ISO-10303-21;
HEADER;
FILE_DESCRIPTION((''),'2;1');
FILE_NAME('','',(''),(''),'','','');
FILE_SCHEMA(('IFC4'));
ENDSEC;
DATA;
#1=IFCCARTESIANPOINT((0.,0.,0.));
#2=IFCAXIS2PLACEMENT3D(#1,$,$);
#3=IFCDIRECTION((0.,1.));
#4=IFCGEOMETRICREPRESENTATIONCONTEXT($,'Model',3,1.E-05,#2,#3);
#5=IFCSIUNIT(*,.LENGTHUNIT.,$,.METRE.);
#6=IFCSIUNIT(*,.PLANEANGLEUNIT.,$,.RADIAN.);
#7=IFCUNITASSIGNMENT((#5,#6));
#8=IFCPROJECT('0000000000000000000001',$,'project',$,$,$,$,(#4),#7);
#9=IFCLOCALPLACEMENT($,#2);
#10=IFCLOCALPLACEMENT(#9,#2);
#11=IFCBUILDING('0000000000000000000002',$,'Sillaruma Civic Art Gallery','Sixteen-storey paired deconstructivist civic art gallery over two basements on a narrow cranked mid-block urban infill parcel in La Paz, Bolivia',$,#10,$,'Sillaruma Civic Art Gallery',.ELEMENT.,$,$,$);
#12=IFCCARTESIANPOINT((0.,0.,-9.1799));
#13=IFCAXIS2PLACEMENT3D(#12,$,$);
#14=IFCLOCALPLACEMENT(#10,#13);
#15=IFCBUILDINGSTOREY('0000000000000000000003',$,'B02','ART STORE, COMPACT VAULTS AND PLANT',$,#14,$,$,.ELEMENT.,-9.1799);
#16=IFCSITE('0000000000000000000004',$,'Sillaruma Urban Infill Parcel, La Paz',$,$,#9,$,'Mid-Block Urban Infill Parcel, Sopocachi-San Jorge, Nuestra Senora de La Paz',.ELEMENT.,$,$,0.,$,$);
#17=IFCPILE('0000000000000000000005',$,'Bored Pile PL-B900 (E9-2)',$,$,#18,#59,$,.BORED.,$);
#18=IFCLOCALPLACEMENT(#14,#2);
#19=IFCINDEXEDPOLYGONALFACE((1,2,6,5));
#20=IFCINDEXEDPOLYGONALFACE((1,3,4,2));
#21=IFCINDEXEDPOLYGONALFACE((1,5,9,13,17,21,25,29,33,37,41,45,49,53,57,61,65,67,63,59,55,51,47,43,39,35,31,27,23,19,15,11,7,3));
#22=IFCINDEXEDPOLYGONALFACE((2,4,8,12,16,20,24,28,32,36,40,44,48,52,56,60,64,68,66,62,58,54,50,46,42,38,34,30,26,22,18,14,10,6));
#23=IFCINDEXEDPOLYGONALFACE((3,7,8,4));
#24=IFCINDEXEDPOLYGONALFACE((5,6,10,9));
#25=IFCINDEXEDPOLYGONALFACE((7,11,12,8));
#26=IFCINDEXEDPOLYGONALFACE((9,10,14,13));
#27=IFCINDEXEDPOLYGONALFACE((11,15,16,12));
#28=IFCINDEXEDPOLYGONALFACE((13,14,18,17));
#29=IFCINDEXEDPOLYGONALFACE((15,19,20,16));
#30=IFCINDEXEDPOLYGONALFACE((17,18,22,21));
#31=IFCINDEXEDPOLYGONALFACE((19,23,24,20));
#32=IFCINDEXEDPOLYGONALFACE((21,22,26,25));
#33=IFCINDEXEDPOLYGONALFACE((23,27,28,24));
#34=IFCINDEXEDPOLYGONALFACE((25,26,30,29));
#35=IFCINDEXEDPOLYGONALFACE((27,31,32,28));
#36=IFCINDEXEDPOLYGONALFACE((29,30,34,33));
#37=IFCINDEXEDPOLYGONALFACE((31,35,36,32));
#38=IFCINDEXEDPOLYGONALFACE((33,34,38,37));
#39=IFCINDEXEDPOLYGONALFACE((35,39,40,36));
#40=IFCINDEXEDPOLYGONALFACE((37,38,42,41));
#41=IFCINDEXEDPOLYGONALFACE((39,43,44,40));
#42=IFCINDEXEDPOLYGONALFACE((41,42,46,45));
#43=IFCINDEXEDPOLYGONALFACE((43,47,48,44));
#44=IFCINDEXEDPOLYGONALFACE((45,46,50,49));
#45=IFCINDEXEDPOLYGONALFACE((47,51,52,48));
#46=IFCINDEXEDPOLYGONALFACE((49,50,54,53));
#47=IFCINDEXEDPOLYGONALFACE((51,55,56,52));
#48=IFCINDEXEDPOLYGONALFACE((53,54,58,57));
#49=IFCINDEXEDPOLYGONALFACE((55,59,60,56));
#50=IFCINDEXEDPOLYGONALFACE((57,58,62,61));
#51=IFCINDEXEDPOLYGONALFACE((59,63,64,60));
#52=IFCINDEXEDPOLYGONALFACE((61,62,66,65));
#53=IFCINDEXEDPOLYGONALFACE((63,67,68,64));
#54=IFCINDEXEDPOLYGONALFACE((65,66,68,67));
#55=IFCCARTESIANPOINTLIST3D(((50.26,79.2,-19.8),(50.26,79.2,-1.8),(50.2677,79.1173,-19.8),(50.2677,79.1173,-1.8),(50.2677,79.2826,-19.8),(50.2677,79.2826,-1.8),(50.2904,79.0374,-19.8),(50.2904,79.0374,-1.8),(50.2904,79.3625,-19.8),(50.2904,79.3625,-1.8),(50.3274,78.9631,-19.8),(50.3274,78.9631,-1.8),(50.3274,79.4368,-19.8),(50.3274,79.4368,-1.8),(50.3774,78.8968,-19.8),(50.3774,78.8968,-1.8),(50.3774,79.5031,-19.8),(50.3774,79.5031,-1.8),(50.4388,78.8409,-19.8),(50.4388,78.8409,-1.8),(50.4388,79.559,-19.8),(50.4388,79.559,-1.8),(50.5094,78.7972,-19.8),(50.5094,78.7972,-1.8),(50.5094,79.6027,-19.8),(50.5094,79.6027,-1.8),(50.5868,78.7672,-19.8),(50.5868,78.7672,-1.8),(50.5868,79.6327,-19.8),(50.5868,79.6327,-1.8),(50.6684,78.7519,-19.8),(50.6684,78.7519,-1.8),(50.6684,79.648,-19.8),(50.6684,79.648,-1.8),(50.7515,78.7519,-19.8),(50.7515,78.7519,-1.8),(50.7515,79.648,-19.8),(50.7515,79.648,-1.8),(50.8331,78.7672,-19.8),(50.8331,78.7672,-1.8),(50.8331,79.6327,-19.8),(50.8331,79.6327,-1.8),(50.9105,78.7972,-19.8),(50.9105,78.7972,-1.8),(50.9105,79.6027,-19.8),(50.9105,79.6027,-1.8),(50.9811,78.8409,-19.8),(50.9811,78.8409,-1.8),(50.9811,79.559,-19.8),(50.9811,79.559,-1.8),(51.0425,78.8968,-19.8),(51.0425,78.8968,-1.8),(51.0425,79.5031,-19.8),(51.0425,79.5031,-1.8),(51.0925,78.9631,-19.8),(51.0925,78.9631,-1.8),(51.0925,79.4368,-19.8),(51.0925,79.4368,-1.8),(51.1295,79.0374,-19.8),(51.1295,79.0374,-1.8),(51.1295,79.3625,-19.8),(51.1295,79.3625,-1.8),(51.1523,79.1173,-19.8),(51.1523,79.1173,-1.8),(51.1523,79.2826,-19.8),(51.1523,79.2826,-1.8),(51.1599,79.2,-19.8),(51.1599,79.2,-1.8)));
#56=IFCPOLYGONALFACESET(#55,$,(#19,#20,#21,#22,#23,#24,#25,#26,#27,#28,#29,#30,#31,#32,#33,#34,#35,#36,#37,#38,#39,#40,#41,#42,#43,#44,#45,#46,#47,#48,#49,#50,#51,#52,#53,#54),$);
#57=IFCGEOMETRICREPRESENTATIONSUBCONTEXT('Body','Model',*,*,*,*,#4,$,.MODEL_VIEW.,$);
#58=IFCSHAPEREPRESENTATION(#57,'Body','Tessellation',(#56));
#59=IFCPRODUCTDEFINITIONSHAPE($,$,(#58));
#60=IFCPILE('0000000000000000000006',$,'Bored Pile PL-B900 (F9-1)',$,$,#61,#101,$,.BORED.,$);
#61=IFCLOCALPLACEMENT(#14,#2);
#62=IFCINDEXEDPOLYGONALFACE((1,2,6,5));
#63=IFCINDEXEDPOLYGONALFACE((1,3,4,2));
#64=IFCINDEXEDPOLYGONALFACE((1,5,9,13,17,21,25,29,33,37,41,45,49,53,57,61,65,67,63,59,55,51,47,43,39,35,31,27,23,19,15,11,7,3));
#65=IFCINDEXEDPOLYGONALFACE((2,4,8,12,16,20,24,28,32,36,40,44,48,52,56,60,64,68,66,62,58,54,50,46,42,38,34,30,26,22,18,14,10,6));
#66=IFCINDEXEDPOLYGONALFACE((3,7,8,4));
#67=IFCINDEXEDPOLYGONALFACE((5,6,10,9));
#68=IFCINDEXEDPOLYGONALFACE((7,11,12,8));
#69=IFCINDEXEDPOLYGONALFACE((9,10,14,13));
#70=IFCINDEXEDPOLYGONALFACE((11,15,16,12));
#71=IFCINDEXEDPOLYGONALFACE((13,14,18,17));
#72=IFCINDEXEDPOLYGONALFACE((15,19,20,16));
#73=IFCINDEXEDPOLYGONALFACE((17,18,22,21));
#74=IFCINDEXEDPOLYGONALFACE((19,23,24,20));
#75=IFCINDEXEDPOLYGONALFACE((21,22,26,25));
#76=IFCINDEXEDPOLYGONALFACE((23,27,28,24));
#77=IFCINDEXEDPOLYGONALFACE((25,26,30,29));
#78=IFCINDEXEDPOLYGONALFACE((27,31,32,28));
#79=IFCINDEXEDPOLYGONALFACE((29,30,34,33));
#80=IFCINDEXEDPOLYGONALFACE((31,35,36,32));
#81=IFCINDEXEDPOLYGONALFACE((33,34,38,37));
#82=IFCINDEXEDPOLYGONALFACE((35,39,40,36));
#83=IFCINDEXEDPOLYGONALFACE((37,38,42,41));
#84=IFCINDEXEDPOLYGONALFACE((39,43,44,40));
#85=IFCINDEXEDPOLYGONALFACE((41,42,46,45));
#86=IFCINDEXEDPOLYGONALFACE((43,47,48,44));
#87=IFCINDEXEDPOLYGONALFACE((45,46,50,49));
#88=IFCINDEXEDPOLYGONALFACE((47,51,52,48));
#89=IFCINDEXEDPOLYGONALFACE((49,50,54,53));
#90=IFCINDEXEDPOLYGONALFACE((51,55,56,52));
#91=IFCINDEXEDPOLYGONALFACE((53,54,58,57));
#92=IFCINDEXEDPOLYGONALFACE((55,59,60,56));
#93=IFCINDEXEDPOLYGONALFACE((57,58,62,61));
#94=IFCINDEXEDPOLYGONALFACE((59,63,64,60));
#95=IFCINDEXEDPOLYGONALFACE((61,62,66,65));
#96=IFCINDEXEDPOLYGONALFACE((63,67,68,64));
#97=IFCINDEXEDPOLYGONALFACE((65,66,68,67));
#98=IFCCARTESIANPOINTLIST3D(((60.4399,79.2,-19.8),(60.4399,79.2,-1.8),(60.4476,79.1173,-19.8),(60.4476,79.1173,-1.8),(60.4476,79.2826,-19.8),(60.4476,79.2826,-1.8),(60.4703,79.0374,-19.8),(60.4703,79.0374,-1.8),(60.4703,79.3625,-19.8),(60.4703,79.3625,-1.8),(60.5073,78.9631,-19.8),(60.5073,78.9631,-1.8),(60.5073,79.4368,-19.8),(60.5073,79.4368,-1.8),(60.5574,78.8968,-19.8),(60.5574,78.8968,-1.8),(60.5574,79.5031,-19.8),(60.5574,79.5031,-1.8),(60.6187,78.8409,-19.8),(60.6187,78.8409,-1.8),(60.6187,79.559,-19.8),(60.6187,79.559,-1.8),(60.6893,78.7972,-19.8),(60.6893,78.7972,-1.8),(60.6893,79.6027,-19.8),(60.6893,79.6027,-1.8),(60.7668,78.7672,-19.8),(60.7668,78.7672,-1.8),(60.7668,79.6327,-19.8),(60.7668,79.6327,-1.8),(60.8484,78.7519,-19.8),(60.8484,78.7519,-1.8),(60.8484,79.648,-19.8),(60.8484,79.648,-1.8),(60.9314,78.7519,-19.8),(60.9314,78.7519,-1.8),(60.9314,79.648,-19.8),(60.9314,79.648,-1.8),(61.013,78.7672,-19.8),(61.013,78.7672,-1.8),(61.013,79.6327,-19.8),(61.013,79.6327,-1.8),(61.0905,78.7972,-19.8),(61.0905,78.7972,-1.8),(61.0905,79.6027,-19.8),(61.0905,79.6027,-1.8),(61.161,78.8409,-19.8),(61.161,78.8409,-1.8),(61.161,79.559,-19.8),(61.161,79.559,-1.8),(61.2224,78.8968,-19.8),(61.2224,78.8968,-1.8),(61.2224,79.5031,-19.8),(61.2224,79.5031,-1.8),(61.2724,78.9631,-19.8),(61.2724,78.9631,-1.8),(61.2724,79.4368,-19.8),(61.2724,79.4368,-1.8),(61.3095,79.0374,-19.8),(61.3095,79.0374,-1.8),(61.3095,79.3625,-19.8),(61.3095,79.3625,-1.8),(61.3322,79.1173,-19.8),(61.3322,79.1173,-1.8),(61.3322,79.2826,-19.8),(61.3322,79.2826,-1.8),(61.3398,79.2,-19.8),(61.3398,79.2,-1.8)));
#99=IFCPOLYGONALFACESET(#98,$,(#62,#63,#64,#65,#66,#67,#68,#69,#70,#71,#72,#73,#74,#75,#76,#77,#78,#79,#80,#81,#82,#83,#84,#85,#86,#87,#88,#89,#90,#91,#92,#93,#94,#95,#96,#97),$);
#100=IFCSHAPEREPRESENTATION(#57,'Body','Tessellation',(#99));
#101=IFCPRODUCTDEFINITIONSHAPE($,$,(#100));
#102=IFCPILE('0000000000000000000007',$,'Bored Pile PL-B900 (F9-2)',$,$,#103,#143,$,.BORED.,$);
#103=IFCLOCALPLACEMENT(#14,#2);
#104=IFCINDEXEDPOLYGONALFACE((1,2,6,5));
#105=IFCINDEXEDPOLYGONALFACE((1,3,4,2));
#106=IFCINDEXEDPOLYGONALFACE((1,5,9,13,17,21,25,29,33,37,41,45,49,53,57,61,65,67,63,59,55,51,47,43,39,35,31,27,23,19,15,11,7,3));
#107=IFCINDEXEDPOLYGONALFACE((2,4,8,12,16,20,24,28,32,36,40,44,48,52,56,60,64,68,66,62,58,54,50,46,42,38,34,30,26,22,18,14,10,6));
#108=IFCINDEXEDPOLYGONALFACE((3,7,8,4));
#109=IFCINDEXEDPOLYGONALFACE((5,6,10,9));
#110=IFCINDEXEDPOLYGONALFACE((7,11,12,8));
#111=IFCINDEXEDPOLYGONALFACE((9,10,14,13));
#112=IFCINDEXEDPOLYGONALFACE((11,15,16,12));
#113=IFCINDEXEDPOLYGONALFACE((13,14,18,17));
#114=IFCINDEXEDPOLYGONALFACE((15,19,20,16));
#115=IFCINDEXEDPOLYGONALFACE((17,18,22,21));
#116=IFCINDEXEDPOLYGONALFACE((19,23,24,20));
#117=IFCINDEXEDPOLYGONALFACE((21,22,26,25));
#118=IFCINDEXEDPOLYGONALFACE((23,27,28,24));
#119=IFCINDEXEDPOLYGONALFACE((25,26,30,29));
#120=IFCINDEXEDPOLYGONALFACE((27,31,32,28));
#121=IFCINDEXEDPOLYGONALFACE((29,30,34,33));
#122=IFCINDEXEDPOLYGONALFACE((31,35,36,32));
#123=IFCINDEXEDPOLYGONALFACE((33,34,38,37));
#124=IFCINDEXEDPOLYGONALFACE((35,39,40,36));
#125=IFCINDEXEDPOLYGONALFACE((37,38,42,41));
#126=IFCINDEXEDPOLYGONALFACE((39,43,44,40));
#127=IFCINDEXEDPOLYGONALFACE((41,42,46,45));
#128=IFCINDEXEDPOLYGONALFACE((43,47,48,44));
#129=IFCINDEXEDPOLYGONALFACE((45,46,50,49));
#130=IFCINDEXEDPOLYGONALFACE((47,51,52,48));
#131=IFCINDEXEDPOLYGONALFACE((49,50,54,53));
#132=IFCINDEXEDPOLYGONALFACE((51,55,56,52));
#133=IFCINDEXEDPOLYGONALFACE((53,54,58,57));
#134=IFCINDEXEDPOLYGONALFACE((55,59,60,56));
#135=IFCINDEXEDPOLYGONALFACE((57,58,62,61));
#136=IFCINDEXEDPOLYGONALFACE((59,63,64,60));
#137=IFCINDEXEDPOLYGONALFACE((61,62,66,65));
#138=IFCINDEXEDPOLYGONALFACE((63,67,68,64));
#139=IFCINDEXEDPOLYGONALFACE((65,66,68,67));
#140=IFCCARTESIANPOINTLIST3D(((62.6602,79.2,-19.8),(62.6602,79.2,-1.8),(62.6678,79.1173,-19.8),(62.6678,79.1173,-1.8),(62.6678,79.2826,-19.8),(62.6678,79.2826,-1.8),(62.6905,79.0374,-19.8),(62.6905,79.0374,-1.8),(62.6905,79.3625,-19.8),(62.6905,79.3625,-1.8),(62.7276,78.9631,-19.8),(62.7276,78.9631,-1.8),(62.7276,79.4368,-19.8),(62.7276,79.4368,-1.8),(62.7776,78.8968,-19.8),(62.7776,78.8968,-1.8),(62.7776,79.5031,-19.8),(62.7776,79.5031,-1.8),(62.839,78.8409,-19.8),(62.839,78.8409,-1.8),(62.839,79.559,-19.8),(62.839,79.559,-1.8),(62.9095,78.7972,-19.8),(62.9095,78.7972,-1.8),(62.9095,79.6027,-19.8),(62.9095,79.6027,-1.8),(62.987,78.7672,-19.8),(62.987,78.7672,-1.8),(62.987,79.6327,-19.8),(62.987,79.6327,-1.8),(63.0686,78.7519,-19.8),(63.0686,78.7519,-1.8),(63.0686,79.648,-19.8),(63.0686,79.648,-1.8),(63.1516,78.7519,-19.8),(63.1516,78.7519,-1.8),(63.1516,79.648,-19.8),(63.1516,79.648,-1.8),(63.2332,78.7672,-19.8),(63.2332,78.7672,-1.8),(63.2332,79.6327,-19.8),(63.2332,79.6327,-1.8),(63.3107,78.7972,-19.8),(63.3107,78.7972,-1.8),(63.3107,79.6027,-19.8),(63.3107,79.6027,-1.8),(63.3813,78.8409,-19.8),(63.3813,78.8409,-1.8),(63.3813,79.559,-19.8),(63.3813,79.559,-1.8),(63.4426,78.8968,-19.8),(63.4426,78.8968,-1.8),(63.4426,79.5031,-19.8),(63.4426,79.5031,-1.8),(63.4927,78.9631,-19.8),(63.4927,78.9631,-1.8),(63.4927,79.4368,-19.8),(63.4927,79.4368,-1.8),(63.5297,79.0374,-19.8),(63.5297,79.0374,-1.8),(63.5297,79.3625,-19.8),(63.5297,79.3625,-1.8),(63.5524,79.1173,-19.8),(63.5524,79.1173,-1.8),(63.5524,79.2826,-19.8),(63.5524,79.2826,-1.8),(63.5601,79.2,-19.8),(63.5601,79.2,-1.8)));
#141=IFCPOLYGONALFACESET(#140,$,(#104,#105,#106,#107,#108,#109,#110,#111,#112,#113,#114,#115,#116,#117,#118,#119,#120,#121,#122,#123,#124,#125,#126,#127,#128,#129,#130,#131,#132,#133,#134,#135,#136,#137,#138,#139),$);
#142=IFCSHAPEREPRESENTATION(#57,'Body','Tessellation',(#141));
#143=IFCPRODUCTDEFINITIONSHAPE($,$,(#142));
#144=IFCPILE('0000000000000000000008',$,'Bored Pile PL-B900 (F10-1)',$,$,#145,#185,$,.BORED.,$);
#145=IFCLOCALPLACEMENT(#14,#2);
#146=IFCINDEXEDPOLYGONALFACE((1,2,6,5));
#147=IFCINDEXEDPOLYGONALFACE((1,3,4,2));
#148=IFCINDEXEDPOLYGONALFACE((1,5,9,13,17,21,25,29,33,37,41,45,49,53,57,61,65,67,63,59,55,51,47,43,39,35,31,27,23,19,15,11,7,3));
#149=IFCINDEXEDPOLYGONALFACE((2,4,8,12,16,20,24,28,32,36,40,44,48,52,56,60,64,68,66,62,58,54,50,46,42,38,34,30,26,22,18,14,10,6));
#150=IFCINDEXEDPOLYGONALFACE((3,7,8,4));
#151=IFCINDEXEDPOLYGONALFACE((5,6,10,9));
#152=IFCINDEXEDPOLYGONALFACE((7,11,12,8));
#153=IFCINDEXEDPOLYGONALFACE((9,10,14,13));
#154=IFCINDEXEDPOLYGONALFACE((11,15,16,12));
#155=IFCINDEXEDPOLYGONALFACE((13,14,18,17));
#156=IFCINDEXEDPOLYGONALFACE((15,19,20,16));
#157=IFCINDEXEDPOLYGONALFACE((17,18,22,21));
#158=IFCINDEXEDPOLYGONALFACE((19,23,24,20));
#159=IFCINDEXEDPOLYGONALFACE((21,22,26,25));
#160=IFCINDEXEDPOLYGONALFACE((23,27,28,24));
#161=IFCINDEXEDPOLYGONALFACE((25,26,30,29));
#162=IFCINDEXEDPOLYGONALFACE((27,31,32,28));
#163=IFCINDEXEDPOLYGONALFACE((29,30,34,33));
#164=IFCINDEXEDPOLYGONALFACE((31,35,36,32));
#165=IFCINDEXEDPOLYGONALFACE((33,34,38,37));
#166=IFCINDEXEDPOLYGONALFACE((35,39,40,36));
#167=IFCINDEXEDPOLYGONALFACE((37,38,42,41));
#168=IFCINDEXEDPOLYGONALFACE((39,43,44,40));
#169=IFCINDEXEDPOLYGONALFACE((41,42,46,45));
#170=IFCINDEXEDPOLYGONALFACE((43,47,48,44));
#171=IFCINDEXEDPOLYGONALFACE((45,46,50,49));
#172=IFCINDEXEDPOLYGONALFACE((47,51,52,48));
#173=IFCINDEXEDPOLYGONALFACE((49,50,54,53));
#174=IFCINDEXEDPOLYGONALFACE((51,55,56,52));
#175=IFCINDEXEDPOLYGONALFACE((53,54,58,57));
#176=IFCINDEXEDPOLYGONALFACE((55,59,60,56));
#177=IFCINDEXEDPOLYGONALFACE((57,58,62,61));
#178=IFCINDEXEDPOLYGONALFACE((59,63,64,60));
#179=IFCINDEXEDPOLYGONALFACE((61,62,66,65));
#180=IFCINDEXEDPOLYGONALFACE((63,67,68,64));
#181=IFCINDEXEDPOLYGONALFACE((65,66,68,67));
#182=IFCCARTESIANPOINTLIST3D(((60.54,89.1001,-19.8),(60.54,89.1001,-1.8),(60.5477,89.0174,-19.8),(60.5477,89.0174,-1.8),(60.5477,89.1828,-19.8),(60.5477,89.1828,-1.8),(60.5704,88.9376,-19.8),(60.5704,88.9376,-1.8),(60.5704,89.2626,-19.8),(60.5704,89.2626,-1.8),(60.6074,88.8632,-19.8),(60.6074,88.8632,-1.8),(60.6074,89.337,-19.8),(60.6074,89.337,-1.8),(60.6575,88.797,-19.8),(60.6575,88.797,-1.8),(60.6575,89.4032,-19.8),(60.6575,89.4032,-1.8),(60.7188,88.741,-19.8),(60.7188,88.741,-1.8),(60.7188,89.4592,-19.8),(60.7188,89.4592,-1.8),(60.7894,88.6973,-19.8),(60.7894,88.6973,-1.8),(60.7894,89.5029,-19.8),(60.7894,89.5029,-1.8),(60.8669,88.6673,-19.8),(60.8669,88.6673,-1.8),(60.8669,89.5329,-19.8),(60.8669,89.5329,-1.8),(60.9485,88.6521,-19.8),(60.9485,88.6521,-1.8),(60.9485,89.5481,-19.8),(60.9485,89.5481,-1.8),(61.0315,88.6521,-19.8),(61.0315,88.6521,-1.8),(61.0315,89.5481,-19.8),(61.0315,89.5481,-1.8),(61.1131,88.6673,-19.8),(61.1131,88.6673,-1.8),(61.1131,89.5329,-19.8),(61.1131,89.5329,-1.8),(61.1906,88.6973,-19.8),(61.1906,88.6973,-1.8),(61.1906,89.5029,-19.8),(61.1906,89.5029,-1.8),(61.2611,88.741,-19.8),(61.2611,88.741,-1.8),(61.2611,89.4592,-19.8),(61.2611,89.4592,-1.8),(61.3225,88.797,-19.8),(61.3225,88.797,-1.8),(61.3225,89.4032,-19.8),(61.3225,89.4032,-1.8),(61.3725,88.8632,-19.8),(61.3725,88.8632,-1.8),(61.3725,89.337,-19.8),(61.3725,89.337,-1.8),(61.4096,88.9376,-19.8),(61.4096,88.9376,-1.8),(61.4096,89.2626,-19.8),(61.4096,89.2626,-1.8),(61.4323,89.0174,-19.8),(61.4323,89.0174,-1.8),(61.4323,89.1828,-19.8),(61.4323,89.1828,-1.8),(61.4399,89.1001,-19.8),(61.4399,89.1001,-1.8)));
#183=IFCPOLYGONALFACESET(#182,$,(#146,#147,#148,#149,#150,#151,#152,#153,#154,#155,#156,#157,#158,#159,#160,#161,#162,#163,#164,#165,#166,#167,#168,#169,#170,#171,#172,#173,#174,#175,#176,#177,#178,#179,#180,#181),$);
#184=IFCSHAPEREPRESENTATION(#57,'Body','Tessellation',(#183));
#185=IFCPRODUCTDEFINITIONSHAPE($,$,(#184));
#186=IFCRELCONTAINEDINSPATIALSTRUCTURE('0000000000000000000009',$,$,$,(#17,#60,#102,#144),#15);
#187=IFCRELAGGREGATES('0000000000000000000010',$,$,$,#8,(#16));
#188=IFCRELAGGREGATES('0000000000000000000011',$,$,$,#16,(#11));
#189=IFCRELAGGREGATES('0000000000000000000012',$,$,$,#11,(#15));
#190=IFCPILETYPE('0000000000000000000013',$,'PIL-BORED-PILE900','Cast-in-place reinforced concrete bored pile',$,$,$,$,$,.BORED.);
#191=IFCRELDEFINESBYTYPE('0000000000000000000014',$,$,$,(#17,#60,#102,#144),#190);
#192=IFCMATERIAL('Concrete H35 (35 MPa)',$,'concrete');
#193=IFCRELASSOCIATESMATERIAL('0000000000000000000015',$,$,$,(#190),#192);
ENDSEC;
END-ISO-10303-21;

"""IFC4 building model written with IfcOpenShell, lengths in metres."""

from ifc_helpers import new_model, si_unit, direction, frame, origin, origin_2d, place, context, subcontext, project, spatial, circle, extrude, material, material_profile, profile_set, type_object, element, save


model = new_model("IFC4")

# Units and contexts
model_context = context("Model", 3, precision=1e-05, world=origin(), true_north=direction((0.0, 1.0)))
body_context = subcontext(model_context, "Body", "Model", "MODEL_VIEW")
ifc_project = project(units=[si_unit("LENGTHUNIT", "METRE"), si_unit("PLANEANGLEUNIT", "RADIAN")], contexts=[model_context])

# Site, building, storey
site_placement = place(None, origin())
site = spatial("IfcSite", under=ifc_project, at=site_placement, Name="Sillaruma Urban Infill Parcel, La Paz", LongName="Mid-Block Urban Infill Parcel, Sopocachi-San Jorge, Nuestra Senora de La Paz", CompositionType="ELEMENT", RefElevation=0.0)
building_placement = place(site_placement, origin())
building = spatial("IfcBuilding", under=site, at=building_placement, Name="Sillaruma Civic Art Gallery", Description="Sixteen-storey paired deconstructivist civic art gallery over two basements on a narrow cranked mid-block urban infill parcel in La Paz, Bolivia", LongName="Sillaruma Civic Art Gallery", CompositionType="ELEMENT")
storey_placement = place(building_placement, frame((0.0, 0.0, -9.1799)))
storey = spatial("IfcBuildingStorey", under=building, at=storey_placement, Name="B02", Description="ART STORE, COMPACT VAULTS AND PLANT", CompositionType="ELEMENT", Elevation=-9.1799)

# Shared definitions
ifc_material_1 = material(Name="Concrete H35 (35 MPa)", Category="concrete")

# Piles
ifc_material_profile_1 = material_profile(ifc_material_1, circle(Radius=0.45, at=origin_2d()), Name="PILE900")
ifc_profile_set_1 = profile_set([ifc_material_profile_1], Name="Concrete H35 (35 MPa)")
pile_type_1 = type_object("IfcPileType", Name="PIL-BORED-PILE900", Description="Cast-in-place reinforced concrete bored pile", PredefinedType="BORED", material=ifc_profile_set_1)
for number, where, z_axis, x_axis, name in (
    (1, (50.71, 79.2, -1.8), (0.0, 0.0, -1.0), (1.0, 0.0, 0.0), "Bored Pile PL-B900 (E9-2)"),
    (2, (60.8899, 79.2, -1.8), (0.0, 0.0, -1.0), (1.0, 0.0, 0.0), "Bored Pile PL-B900 (F9-1)"),
    (3, (63.1101, 79.2, -1.8), (0.0, 0.0, -1.0), (1.0, 0.0, 0.0), "Bored Pile PL-B900 (F9-2)"),
    (4, (60.99, 89.1001, -1.8), (0.0, 0.0, -1.0), (1.0, 0.0, 0.0), "Bored Pile PL-B900 (F10-1)"),
):
    element("IfcPile", number, at=place(storey_placement, frame(where, z_axis=z_axis, x_axis=x_axis)), inside=storey, type_object=pile_type_1, Name=name, PredefinedType="BORED", context=body_context, shape_type="SweptSolid", body=[
        extrude(circle(Radius=0.45, at=origin_2d()), origin(), (0.0, 0.0, 1.0), 18.0),
    ])

save(model, "model.ifc")
